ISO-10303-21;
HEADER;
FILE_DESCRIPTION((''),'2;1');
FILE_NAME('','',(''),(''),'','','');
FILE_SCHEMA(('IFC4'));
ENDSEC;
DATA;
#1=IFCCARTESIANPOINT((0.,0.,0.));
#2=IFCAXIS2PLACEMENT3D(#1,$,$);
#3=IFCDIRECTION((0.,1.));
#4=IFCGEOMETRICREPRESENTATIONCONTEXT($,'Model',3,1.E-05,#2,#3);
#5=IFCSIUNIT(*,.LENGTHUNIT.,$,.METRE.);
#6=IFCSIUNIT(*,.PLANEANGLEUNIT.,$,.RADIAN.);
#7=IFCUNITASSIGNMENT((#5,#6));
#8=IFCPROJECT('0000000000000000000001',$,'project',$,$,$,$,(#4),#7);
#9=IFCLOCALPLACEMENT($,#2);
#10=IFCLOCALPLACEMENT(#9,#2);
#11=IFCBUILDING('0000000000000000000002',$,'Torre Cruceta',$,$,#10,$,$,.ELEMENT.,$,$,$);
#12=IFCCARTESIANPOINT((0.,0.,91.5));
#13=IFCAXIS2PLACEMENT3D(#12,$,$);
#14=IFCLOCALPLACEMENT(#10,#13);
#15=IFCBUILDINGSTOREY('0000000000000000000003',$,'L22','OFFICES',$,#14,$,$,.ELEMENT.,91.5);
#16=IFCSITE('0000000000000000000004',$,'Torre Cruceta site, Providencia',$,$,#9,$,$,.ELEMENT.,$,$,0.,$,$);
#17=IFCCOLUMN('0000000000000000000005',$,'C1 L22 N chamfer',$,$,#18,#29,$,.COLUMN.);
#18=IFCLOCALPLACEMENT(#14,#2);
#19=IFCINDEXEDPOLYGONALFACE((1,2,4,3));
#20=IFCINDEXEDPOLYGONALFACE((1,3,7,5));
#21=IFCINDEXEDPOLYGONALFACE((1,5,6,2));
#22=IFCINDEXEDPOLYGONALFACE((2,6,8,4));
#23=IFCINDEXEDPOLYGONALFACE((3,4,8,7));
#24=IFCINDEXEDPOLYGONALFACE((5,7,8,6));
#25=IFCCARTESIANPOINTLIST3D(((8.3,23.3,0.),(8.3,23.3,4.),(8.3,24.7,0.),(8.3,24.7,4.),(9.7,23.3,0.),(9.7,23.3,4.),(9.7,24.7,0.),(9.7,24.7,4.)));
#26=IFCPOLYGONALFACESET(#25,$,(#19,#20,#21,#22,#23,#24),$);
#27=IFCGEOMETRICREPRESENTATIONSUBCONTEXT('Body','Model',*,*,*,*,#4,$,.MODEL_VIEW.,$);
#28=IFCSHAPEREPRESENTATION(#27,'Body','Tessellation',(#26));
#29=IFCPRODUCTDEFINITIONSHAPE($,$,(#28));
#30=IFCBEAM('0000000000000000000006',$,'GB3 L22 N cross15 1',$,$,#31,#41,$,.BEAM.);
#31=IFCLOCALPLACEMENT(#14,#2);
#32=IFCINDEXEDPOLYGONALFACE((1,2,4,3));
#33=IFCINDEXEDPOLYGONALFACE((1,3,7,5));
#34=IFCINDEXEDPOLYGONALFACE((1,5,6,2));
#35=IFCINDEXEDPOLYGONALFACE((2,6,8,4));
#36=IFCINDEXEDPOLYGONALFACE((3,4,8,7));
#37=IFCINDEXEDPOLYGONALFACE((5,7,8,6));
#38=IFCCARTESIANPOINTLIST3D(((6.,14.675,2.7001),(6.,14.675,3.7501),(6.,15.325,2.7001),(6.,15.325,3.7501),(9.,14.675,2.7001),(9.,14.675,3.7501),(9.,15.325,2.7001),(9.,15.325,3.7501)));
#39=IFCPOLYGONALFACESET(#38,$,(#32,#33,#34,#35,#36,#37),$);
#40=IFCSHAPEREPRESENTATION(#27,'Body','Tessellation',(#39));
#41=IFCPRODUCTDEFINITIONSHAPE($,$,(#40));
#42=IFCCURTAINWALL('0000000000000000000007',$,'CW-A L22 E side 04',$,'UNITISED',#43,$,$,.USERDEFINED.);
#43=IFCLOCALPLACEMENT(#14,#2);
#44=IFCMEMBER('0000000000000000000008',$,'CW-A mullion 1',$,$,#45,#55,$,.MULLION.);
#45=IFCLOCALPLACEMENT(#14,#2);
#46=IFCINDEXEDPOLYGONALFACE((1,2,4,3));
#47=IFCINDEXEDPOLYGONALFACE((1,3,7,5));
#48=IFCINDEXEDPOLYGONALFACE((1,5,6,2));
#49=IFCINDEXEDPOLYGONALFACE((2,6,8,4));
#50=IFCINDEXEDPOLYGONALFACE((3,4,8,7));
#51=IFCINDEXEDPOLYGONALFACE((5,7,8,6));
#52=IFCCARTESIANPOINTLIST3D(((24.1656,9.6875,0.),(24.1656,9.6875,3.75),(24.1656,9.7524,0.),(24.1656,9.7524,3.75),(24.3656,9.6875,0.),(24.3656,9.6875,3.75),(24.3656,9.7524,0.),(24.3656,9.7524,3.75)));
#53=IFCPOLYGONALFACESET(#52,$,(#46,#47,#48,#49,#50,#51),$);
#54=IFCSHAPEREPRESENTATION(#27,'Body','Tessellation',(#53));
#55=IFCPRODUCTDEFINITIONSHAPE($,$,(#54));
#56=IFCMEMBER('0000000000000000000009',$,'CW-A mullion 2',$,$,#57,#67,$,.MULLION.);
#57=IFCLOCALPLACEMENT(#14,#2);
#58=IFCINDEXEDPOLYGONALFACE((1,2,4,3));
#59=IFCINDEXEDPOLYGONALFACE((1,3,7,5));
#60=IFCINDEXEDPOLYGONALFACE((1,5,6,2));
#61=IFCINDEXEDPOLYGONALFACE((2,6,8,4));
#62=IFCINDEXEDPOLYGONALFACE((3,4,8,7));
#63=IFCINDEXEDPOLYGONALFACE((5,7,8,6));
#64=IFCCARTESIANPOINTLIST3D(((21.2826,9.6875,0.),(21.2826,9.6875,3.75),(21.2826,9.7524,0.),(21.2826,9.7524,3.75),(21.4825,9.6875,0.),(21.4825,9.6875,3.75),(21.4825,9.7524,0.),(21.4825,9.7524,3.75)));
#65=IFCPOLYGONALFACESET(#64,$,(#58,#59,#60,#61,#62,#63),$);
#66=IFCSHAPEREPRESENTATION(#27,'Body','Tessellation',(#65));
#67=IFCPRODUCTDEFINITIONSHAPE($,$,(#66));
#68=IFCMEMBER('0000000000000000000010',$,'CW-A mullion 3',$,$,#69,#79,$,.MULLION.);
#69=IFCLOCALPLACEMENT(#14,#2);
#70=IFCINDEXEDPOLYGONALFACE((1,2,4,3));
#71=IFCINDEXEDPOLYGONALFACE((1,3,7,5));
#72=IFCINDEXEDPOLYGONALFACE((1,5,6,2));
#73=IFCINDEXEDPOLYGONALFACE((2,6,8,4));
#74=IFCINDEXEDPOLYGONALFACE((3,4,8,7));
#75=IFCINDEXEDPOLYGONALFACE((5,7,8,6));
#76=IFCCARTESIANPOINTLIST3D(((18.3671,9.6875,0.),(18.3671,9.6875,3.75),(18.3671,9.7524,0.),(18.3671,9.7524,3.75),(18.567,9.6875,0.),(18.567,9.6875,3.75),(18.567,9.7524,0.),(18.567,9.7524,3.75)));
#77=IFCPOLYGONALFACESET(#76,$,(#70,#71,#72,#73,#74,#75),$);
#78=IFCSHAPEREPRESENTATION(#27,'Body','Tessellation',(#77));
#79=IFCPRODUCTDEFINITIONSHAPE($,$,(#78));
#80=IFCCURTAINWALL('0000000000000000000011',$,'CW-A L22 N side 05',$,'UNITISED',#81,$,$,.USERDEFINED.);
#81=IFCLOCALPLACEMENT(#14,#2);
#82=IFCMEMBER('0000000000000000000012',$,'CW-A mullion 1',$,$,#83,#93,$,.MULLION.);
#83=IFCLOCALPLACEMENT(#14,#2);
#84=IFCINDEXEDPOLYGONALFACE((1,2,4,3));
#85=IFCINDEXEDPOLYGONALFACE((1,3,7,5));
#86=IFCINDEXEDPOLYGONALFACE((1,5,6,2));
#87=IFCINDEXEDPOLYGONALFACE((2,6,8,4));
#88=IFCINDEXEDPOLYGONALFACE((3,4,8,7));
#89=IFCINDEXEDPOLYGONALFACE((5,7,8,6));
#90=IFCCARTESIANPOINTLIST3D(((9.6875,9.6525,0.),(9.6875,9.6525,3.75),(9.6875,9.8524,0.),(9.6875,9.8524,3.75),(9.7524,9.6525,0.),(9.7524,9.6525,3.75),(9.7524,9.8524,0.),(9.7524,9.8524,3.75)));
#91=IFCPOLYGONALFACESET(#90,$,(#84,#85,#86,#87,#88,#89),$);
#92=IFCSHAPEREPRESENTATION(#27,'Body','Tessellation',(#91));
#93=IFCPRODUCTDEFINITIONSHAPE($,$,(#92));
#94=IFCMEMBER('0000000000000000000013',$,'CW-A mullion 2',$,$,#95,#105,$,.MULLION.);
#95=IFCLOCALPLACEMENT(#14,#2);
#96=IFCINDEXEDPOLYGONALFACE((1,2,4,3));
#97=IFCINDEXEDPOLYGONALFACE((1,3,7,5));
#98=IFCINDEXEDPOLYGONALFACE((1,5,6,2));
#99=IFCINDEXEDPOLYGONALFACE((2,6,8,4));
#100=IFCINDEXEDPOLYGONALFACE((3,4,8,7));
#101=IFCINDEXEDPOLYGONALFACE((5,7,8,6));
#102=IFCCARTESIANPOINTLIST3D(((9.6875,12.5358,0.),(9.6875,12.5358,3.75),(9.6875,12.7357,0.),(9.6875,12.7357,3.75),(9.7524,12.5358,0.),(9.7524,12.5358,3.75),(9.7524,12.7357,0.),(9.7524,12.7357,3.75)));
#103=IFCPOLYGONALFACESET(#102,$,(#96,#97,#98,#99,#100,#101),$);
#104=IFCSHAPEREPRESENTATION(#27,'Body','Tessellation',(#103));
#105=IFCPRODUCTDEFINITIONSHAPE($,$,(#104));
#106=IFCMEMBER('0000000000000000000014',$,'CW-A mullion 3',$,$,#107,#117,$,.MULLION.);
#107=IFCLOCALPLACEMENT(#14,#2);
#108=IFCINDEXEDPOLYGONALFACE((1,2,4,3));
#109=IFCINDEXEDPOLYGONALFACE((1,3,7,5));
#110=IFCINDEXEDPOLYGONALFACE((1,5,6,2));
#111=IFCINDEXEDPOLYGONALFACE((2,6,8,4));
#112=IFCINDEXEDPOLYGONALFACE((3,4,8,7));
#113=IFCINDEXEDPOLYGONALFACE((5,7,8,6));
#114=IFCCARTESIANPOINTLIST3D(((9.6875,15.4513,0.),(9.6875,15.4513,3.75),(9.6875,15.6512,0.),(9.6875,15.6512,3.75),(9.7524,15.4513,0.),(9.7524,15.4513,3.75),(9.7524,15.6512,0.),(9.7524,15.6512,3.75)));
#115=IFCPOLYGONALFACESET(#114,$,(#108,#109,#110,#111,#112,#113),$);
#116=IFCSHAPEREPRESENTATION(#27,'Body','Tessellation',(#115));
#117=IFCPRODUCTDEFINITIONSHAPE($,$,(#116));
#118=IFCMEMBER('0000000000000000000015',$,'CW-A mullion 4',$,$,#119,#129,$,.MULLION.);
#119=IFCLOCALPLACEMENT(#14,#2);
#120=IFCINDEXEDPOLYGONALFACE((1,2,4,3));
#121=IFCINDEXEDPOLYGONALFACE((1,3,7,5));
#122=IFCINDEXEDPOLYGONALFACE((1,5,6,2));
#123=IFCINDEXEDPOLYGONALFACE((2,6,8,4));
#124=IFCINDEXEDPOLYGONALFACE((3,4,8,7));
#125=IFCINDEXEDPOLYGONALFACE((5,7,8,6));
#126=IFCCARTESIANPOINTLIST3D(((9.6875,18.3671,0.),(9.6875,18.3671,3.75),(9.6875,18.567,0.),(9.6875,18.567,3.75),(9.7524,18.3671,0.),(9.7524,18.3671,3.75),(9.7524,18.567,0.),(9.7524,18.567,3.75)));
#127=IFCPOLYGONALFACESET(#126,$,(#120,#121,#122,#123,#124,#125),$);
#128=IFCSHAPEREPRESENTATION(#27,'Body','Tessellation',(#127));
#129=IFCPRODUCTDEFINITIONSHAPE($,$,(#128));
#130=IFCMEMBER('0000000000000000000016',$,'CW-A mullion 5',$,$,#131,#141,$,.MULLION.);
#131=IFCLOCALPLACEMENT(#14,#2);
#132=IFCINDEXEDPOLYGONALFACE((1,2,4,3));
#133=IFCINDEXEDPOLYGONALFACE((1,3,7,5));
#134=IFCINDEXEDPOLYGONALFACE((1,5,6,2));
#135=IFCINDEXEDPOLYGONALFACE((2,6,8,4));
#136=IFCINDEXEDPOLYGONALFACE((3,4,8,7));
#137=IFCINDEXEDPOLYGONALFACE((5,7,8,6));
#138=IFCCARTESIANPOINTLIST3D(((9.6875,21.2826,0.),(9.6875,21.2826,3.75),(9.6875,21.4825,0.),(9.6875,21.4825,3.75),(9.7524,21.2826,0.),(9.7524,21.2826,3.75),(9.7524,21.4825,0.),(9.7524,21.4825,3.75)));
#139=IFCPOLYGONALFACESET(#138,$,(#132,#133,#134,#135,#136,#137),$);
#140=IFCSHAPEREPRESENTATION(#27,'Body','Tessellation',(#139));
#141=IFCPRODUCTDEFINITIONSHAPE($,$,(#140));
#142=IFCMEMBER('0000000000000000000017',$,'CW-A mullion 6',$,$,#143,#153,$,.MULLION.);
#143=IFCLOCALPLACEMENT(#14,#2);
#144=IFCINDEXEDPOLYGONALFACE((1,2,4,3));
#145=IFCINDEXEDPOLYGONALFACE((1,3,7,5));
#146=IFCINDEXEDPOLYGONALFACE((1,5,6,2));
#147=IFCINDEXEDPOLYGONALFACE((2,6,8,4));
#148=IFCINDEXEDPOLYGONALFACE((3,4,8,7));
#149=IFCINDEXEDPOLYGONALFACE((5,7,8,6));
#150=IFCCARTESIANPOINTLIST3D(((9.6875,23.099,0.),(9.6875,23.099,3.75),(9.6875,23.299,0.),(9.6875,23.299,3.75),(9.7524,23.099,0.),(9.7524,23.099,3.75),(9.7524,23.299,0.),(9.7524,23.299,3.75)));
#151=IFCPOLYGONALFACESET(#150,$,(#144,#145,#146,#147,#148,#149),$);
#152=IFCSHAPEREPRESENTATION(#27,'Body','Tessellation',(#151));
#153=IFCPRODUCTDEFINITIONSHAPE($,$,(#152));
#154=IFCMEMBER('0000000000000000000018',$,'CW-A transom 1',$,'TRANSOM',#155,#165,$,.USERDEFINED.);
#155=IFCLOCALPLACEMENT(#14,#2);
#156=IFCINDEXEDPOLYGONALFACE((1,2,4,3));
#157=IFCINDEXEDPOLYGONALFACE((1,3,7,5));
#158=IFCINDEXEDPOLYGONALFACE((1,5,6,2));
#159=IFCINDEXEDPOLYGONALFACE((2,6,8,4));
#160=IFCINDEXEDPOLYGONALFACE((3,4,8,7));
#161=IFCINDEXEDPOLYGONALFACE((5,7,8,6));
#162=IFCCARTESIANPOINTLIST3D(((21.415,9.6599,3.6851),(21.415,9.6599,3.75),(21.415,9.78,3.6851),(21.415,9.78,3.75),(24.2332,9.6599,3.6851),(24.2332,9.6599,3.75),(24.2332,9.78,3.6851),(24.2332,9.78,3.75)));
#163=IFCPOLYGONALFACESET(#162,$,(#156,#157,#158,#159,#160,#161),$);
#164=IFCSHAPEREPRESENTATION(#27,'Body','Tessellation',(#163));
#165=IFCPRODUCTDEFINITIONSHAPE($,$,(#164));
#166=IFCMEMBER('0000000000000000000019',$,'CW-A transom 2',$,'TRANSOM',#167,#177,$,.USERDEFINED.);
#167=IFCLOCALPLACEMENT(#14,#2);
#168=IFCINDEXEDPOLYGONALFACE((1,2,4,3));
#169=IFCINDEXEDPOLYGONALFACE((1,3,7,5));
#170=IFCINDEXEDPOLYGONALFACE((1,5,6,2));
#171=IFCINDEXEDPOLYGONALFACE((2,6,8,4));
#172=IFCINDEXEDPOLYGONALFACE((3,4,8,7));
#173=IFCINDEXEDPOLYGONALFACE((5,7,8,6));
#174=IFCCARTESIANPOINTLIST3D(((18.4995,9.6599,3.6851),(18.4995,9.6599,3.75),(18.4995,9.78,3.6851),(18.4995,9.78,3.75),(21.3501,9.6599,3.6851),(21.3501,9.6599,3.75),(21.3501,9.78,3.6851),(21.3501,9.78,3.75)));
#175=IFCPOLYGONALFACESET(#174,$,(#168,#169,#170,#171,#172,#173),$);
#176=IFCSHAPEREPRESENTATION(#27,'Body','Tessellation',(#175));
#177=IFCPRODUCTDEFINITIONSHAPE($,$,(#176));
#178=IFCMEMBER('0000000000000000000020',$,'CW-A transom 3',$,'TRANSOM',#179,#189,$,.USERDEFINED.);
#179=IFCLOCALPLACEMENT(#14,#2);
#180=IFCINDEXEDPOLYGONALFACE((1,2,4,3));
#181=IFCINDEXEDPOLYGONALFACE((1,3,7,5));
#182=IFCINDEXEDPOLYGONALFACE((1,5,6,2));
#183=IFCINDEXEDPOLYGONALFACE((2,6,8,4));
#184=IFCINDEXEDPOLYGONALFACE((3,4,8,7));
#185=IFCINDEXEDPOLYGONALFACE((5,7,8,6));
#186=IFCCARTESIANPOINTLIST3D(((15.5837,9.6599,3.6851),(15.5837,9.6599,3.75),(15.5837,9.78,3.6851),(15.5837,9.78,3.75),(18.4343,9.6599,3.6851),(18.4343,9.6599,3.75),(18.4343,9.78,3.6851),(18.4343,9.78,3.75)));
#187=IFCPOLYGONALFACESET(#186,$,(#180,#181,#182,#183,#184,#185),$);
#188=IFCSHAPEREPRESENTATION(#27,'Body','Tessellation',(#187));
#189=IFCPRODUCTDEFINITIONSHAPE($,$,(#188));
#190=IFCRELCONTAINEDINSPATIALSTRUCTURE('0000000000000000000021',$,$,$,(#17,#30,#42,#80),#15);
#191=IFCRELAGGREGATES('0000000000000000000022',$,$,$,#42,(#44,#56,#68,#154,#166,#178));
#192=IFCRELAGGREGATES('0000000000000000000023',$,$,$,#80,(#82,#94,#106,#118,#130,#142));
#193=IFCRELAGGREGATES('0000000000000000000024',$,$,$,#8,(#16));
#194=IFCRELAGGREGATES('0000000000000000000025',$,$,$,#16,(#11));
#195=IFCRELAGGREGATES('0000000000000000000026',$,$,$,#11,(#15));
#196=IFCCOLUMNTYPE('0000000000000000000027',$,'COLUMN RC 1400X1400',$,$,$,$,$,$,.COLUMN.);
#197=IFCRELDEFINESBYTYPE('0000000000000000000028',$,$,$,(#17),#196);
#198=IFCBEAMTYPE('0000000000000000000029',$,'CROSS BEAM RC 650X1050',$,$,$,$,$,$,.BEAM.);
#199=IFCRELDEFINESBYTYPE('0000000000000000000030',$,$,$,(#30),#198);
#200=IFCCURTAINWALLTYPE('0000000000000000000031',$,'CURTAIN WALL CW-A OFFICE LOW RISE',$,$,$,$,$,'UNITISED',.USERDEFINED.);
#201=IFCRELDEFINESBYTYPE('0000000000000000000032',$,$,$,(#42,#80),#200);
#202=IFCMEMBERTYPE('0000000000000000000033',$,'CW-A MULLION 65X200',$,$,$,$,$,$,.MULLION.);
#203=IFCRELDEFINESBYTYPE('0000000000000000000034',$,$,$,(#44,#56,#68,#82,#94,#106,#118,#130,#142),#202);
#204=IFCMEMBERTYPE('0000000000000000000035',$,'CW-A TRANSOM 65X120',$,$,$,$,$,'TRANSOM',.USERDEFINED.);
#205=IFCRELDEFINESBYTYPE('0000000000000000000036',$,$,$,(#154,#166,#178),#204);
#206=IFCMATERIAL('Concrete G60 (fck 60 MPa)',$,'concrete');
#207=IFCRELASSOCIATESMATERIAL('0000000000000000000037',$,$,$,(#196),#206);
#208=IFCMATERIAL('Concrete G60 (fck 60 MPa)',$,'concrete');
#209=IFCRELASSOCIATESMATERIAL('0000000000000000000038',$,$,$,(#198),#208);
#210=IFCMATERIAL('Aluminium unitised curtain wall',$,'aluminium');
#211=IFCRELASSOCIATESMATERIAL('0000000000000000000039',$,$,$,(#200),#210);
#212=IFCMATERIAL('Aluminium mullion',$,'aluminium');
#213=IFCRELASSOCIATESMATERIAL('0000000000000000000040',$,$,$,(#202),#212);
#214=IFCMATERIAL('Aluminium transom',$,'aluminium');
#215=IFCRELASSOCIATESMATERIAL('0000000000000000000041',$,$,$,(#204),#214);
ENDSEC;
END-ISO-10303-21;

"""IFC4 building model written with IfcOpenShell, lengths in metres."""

from ifc_helpers import new_model, si_unit, direction, frame, origin, origin_2d, place, context, subcontext, project, spatial, rectangle, extrude, material, material_profile, profile_set, type_object, element, aggregate, save


model = new_model("IFC4")

# Units and contexts
model_context = context("Model", 3, precision=1e-05, world=origin(), true_north=direction((0.0, 1.0)))
body_context = subcontext(model_context, "Body", "Model", "MODEL_VIEW")
ifc_project = project(units=[si_unit("LENGTHUNIT", "METRE"), si_unit("PLANEANGLEUNIT", "RADIAN")], contexts=[model_context])

# Site, building, storey
site_placement = place(None, origin())
site = spatial("IfcSite", under=ifc_project, at=site_placement, Name="Torre Cruceta site, Providencia", CompositionType="ELEMENT", RefElevation=0.0)
building_placement = place(site_placement, origin())
building = spatial("IfcBuilding", under=site, at=building_placement, Name="Torre Cruceta", CompositionType="ELEMENT")
storey_placement = place(building_placement, frame((0.0, 0.0, 91.5)))
storey = spatial("IfcBuildingStorey", under=building, at=storey_placement, Name="L22", Description="OFFICES", CompositionType="ELEMENT", Elevation=91.5)

# Column
ifc_material_1 = material(Name="Concrete G60 (fck 60 MPa)", Category="concrete")
ifc_material_profile_1 = material_profile(ifc_material_1, rectangle(XDim=1.3999, YDim=1.3999, at=origin_2d()), Name="RC 1400X1400")
ifc_profile_set_1 = profile_set([ifc_material_profile_1], Name="Concrete G60 (fck 60 MPa)")
column_type = type_object("IfcColumnType", Name="COLUMN RC 1400X1400", PredefinedType="COLUMN", material=ifc_profile_set_1)
column_placement = place(storey_placement, frame((9.0, 24.0, 0.0), z_axis=(0.0, 0.0, 1.0), x_axis=(1.0, 0.0, 0.0)))
element("IfcColumn", 1, at=column_placement, inside=storey, type_object=column_type, Name="C1 L22 N chamfer", PredefinedType="COLUMN", context=body_context, shape_type="SweptSolid", body=[
    extrude(rectangle(XDim=1.3999, YDim=1.3999, at=origin_2d()), origin(), (0.0, 0.0, 1.0), 4.0),
])

# Beam
ifc_material_2 = material(Name="Concrete G60 (fck 60 MPa)", Category="concrete")
ifc_material_profile_2 = material_profile(ifc_material_2, rectangle(XDim=0.6499, YDim=1.05, at=origin_2d()), Name="RC 650X1050")
ifc_profile_set_2 = profile_set([ifc_material_profile_2], Name="Concrete G60 (fck 60 MPa)")
beam_type_1 = type_object("IfcBeamType", Name="CROSS BEAM RC 650X1050", PredefinedType="BEAM", material=ifc_profile_set_2)
beam_1_placement = place(storey_placement, frame((9.0, 15.0, 3.2251), z_axis=(-1.0, 0.0, 0.0), x_axis=(0.0, -1.0, 0.0)))
element("IfcBeam", 2, at=beam_1_placement, inside=storey, type_object=beam_type_1, Name="GB3 L22 N cross15 1", PredefinedType="BEAM", context=body_context, shape_type="SweptSolid", body=[
    extrude(rectangle(XDim=0.6499, YDim=1.05, at=origin_2d()), origin(), (0.0, 0.0, 1.0), 3.0),
])

# Curtain walls, members
ifc_material_3 = material(Name="Aluminium unitised curtain wall", Category="aluminium")
curtain_wall_type = type_object("IfcCurtainWallType", Name="CURTAIN WALL CW-A OFFICE LOW RISE", ElementType="UNITISED", PredefinedType="USERDEFINED", material=ifc_material_3)
curtain_wall_1_placement = place(storey_placement, origin())
curtain_wall_1 = element("IfcCurtainWall", 3, at=curtain_wall_1_placement, inside=storey, type_object=curtain_wall_type, Name="CW-A L22 E side 04", ObjectType="UNITISED", PredefinedType="USERDEFINED")
ifc_material_4 = material(Name="Aluminium mullion", Category="aluminium")
ifc_material_profile_3 = material_profile(ifc_material_4, rectangle(XDim=0.0649, YDim=0.2, at=origin_2d()), Name="AL 65X200")
ifc_profile_set_3 = profile_set([ifc_material_profile_3], Name="Aluminium mullion")
member_type_1 = type_object("IfcMemberType", Name="CW-A MULLION 65X200", PredefinedType="MULLION", material=ifc_profile_set_3)
member_1_placement = place(storey_placement, frame((24.2656, 9.72, 0.0), z_axis=(0.0, 0.0, 1.0), x_axis=(0.0, -1.0, 0.0)))
member_1 = element("IfcMember", 4, at=member_1_placement, type_object=member_type_1, Name="CW-A mullion 1", PredefinedType="MULLION", context=body_context, shape_type="SweptSolid", body=[
    extrude(rectangle(XDim=0.0649, YDim=0.2, at=origin_2d()), origin(), (0.0, 0.0, 1.0), 3.75),
])
member_2_placement = place(storey_placement, frame((21.3826, 9.72, 0.0), z_axis=(0.0, 0.0, 1.0), x_axis=(0.0, -1.0, 0.0)))
member_2 = element("IfcMember", 5, at=member_2_placement, type_object=member_type_1, Name="CW-A mullion 2", PredefinedType="MULLION", context=body_context, shape_type="SweptSolid", body=[
    extrude(rectangle(XDim=0.0649, YDim=0.2, at=origin_2d()), origin(), (0.0, 0.0, 1.0), 3.75),
])
member_3_placement = place(storey_placement, frame((18.467, 9.72, 0.0), z_axis=(0.0, 0.0, 1.0), x_axis=(0.0, -1.0, 0.0)))
member_3 = element("IfcMember", 6, at=member_3_placement, type_object=member_type_1, Name="CW-A mullion 3", PredefinedType="MULLION", context=body_context, shape_type="SweptSolid", body=[
    extrude(rectangle(XDim=0.0649, YDim=0.2, at=origin_2d()), origin(), (0.0, 0.0, 1.0), 3.75),
])
curtain_wall_2_placement = place(storey_placement, origin())
curtain_wall_2 = element("IfcCurtainWall", 7, at=curtain_wall_2_placement, inside=storey, type_object=curtain_wall_type, Name="CW-A L22 N side 05", ObjectType="UNITISED", PredefinedType="USERDEFINED")
member_4_placement = place(storey_placement, frame((9.72, 9.7524, 0.0), z_axis=(0.0, 0.0, 1.0), x_axis=(-1.0, 0.0, 0.0)))
member_4 = element("IfcMember", 8, at=member_4_placement, type_object=member_type_1, Name="CW-A mullion 1", PredefinedType="MULLION", context=body_context, shape_type="SweptSolid", body=[
    extrude(rectangle(XDim=0.0649, YDim=0.2, at=origin_2d()), origin(), (0.0, 0.0, 1.0), 3.75),
])
member_5_placement = place(storey_placement, frame((9.72, 12.6357, 0.0), z_axis=(0.0, 0.0, 1.0), x_axis=(-1.0, 0.0, 0.0)))
member_5 = element("IfcMember", 9, at=member_5_placement, type_object=member_type_1, Name="CW-A mullion 2", PredefinedType="MULLION", context=body_context, shape_type="SweptSolid", body=[
    extrude(rectangle(XDim=0.0649, YDim=0.2, at=origin_2d()), origin(), (0.0, 0.0, 1.0), 3.75),
])
member_6_placement = place(storey_placement, frame((9.72, 15.5513, 0.0), z_axis=(0.0, 0.0, 1.0), x_axis=(-1.0, 0.0, 0.0)))
member_6 = element("IfcMember", 10, at=member_6_placement, type_object=member_type_1, Name="CW-A mullion 3", PredefinedType="MULLION", context=body_context, shape_type="SweptSolid", body=[
    extrude(rectangle(XDim=0.0649, YDim=0.2, at=origin_2d()), origin(), (0.0, 0.0, 1.0), 3.75),
])
member_7_placement = place(storey_placement, frame((9.72, 18.467, 0.0), z_axis=(0.0, 0.0, 1.0), x_axis=(-1.0, 0.0, 0.0)))
member_7 = element("IfcMember", 11, at=member_7_placement, type_object=member_type_1, Name="CW-A mullion 4", PredefinedType="MULLION", context=body_context, shape_type="SweptSolid", body=[
    extrude(rectangle(XDim=0.0649, YDim=0.2, at=origin_2d()), origin(), (0.0, 0.0, 1.0), 3.75),
])
member_8_placement = place(storey_placement, frame((9.72, 21.3826, 0.0), z_axis=(0.0, 0.0, 1.0), x_axis=(-1.0, 0.0, 0.0)))
member_8 = element("IfcMember", 12, at=member_8_placement, type_object=member_type_1, Name="CW-A mullion 5", PredefinedType="MULLION", context=body_context, shape_type="SweptSolid", body=[
    extrude(rectangle(XDim=0.0649, YDim=0.2, at=origin_2d()), origin(), (0.0, 0.0, 1.0), 3.75),
])
member_9_placement = place(storey_placement, frame((9.72, 23.199, 0.0), z_axis=(0.0, 0.0, 1.0), x_axis=(-1.0, 0.0, 0.0)))
member_9 = element("IfcMember", 13, at=member_9_placement, type_object=member_type_1, Name="CW-A mullion 6", PredefinedType="MULLION", context=body_context, shape_type="SweptSolid", body=[
    extrude(rectangle(XDim=0.0649, YDim=0.2, at=origin_2d()), origin(), (0.0, 0.0, 1.0), 3.75),
])

# Members
ifc_material_5 = material(Name="Aluminium transom", Category="aluminium")
ifc_material_profile_4 = material_profile(ifc_material_5, rectangle(XDim=0.1201, YDim=0.0649, at=origin_2d()), Name="AL 120X65")
ifc_profile_set_4 = profile_set([ifc_material_profile_4], Name="Aluminium transom")
member_type_2 = type_object("IfcMemberType", Name="CW-A TRANSOM 65X120", ElementType="TRANSOM", PredefinedType="USERDEFINED", material=ifc_profile_set_4)
member_10_placement = place(storey_placement, frame((24.2332, 9.72, 3.7175), z_axis=(-1.0, 0.0, 0.0), x_axis=(0.0, -1.0, 0.0)))
member_10 = element("IfcMember", 14, at=member_10_placement, type_object=member_type_2, Name="CW-A transom 1", ObjectType="TRANSOM", PredefinedType="USERDEFINED", context=body_context, shape_type="SweptSolid", body=[
    extrude(rectangle(XDim=0.1201, YDim=0.0649, at=origin_2d()), origin(), (0.0, 0.0, 1.0), 2.8181),
])
member_11_placement = place(storey_placement, frame((21.3501, 9.72, 3.7175), z_axis=(-1.0, 0.0, 0.0), x_axis=(0.0, -1.0, 0.0)))
member_11 = element("IfcMember", 15, at=member_11_placement, type_object=member_type_2, Name="CW-A transom 2", ObjectType="TRANSOM", PredefinedType="USERDEFINED", context=body_context, shape_type="SweptSolid", body=[
    extrude(rectangle(XDim=0.1201, YDim=0.0649, at=origin_2d()), origin(), (0.0, 0.0, 1.0), 2.8506),
])
member_12_placement = place(storey_placement, frame((18.4343, 9.72, 3.7175), z_axis=(-1.0, 0.0, 0.0), x_axis=(0.0, -1.0, 0.0)))
member_12 = element("IfcMember", 16, at=member_12_placement, type_object=member_type_2, Name="CW-A transom 3", ObjectType="TRANSOM", PredefinedType="USERDEFINED", context=body_context, shape_type="SweptSolid", body=[
    extrude(rectangle(XDim=0.1201, YDim=0.0649, at=origin_2d()), origin(), (0.0, 0.0, 1.0), 2.8506),
])

aggregate(curtain_wall_1, [member_1, member_2, member_3, member_10, member_11, member_12])
aggregate(curtain_wall_2, [member_4, member_5, member_6, member_7, member_8, member_9])

save(model, "model.ifc")
